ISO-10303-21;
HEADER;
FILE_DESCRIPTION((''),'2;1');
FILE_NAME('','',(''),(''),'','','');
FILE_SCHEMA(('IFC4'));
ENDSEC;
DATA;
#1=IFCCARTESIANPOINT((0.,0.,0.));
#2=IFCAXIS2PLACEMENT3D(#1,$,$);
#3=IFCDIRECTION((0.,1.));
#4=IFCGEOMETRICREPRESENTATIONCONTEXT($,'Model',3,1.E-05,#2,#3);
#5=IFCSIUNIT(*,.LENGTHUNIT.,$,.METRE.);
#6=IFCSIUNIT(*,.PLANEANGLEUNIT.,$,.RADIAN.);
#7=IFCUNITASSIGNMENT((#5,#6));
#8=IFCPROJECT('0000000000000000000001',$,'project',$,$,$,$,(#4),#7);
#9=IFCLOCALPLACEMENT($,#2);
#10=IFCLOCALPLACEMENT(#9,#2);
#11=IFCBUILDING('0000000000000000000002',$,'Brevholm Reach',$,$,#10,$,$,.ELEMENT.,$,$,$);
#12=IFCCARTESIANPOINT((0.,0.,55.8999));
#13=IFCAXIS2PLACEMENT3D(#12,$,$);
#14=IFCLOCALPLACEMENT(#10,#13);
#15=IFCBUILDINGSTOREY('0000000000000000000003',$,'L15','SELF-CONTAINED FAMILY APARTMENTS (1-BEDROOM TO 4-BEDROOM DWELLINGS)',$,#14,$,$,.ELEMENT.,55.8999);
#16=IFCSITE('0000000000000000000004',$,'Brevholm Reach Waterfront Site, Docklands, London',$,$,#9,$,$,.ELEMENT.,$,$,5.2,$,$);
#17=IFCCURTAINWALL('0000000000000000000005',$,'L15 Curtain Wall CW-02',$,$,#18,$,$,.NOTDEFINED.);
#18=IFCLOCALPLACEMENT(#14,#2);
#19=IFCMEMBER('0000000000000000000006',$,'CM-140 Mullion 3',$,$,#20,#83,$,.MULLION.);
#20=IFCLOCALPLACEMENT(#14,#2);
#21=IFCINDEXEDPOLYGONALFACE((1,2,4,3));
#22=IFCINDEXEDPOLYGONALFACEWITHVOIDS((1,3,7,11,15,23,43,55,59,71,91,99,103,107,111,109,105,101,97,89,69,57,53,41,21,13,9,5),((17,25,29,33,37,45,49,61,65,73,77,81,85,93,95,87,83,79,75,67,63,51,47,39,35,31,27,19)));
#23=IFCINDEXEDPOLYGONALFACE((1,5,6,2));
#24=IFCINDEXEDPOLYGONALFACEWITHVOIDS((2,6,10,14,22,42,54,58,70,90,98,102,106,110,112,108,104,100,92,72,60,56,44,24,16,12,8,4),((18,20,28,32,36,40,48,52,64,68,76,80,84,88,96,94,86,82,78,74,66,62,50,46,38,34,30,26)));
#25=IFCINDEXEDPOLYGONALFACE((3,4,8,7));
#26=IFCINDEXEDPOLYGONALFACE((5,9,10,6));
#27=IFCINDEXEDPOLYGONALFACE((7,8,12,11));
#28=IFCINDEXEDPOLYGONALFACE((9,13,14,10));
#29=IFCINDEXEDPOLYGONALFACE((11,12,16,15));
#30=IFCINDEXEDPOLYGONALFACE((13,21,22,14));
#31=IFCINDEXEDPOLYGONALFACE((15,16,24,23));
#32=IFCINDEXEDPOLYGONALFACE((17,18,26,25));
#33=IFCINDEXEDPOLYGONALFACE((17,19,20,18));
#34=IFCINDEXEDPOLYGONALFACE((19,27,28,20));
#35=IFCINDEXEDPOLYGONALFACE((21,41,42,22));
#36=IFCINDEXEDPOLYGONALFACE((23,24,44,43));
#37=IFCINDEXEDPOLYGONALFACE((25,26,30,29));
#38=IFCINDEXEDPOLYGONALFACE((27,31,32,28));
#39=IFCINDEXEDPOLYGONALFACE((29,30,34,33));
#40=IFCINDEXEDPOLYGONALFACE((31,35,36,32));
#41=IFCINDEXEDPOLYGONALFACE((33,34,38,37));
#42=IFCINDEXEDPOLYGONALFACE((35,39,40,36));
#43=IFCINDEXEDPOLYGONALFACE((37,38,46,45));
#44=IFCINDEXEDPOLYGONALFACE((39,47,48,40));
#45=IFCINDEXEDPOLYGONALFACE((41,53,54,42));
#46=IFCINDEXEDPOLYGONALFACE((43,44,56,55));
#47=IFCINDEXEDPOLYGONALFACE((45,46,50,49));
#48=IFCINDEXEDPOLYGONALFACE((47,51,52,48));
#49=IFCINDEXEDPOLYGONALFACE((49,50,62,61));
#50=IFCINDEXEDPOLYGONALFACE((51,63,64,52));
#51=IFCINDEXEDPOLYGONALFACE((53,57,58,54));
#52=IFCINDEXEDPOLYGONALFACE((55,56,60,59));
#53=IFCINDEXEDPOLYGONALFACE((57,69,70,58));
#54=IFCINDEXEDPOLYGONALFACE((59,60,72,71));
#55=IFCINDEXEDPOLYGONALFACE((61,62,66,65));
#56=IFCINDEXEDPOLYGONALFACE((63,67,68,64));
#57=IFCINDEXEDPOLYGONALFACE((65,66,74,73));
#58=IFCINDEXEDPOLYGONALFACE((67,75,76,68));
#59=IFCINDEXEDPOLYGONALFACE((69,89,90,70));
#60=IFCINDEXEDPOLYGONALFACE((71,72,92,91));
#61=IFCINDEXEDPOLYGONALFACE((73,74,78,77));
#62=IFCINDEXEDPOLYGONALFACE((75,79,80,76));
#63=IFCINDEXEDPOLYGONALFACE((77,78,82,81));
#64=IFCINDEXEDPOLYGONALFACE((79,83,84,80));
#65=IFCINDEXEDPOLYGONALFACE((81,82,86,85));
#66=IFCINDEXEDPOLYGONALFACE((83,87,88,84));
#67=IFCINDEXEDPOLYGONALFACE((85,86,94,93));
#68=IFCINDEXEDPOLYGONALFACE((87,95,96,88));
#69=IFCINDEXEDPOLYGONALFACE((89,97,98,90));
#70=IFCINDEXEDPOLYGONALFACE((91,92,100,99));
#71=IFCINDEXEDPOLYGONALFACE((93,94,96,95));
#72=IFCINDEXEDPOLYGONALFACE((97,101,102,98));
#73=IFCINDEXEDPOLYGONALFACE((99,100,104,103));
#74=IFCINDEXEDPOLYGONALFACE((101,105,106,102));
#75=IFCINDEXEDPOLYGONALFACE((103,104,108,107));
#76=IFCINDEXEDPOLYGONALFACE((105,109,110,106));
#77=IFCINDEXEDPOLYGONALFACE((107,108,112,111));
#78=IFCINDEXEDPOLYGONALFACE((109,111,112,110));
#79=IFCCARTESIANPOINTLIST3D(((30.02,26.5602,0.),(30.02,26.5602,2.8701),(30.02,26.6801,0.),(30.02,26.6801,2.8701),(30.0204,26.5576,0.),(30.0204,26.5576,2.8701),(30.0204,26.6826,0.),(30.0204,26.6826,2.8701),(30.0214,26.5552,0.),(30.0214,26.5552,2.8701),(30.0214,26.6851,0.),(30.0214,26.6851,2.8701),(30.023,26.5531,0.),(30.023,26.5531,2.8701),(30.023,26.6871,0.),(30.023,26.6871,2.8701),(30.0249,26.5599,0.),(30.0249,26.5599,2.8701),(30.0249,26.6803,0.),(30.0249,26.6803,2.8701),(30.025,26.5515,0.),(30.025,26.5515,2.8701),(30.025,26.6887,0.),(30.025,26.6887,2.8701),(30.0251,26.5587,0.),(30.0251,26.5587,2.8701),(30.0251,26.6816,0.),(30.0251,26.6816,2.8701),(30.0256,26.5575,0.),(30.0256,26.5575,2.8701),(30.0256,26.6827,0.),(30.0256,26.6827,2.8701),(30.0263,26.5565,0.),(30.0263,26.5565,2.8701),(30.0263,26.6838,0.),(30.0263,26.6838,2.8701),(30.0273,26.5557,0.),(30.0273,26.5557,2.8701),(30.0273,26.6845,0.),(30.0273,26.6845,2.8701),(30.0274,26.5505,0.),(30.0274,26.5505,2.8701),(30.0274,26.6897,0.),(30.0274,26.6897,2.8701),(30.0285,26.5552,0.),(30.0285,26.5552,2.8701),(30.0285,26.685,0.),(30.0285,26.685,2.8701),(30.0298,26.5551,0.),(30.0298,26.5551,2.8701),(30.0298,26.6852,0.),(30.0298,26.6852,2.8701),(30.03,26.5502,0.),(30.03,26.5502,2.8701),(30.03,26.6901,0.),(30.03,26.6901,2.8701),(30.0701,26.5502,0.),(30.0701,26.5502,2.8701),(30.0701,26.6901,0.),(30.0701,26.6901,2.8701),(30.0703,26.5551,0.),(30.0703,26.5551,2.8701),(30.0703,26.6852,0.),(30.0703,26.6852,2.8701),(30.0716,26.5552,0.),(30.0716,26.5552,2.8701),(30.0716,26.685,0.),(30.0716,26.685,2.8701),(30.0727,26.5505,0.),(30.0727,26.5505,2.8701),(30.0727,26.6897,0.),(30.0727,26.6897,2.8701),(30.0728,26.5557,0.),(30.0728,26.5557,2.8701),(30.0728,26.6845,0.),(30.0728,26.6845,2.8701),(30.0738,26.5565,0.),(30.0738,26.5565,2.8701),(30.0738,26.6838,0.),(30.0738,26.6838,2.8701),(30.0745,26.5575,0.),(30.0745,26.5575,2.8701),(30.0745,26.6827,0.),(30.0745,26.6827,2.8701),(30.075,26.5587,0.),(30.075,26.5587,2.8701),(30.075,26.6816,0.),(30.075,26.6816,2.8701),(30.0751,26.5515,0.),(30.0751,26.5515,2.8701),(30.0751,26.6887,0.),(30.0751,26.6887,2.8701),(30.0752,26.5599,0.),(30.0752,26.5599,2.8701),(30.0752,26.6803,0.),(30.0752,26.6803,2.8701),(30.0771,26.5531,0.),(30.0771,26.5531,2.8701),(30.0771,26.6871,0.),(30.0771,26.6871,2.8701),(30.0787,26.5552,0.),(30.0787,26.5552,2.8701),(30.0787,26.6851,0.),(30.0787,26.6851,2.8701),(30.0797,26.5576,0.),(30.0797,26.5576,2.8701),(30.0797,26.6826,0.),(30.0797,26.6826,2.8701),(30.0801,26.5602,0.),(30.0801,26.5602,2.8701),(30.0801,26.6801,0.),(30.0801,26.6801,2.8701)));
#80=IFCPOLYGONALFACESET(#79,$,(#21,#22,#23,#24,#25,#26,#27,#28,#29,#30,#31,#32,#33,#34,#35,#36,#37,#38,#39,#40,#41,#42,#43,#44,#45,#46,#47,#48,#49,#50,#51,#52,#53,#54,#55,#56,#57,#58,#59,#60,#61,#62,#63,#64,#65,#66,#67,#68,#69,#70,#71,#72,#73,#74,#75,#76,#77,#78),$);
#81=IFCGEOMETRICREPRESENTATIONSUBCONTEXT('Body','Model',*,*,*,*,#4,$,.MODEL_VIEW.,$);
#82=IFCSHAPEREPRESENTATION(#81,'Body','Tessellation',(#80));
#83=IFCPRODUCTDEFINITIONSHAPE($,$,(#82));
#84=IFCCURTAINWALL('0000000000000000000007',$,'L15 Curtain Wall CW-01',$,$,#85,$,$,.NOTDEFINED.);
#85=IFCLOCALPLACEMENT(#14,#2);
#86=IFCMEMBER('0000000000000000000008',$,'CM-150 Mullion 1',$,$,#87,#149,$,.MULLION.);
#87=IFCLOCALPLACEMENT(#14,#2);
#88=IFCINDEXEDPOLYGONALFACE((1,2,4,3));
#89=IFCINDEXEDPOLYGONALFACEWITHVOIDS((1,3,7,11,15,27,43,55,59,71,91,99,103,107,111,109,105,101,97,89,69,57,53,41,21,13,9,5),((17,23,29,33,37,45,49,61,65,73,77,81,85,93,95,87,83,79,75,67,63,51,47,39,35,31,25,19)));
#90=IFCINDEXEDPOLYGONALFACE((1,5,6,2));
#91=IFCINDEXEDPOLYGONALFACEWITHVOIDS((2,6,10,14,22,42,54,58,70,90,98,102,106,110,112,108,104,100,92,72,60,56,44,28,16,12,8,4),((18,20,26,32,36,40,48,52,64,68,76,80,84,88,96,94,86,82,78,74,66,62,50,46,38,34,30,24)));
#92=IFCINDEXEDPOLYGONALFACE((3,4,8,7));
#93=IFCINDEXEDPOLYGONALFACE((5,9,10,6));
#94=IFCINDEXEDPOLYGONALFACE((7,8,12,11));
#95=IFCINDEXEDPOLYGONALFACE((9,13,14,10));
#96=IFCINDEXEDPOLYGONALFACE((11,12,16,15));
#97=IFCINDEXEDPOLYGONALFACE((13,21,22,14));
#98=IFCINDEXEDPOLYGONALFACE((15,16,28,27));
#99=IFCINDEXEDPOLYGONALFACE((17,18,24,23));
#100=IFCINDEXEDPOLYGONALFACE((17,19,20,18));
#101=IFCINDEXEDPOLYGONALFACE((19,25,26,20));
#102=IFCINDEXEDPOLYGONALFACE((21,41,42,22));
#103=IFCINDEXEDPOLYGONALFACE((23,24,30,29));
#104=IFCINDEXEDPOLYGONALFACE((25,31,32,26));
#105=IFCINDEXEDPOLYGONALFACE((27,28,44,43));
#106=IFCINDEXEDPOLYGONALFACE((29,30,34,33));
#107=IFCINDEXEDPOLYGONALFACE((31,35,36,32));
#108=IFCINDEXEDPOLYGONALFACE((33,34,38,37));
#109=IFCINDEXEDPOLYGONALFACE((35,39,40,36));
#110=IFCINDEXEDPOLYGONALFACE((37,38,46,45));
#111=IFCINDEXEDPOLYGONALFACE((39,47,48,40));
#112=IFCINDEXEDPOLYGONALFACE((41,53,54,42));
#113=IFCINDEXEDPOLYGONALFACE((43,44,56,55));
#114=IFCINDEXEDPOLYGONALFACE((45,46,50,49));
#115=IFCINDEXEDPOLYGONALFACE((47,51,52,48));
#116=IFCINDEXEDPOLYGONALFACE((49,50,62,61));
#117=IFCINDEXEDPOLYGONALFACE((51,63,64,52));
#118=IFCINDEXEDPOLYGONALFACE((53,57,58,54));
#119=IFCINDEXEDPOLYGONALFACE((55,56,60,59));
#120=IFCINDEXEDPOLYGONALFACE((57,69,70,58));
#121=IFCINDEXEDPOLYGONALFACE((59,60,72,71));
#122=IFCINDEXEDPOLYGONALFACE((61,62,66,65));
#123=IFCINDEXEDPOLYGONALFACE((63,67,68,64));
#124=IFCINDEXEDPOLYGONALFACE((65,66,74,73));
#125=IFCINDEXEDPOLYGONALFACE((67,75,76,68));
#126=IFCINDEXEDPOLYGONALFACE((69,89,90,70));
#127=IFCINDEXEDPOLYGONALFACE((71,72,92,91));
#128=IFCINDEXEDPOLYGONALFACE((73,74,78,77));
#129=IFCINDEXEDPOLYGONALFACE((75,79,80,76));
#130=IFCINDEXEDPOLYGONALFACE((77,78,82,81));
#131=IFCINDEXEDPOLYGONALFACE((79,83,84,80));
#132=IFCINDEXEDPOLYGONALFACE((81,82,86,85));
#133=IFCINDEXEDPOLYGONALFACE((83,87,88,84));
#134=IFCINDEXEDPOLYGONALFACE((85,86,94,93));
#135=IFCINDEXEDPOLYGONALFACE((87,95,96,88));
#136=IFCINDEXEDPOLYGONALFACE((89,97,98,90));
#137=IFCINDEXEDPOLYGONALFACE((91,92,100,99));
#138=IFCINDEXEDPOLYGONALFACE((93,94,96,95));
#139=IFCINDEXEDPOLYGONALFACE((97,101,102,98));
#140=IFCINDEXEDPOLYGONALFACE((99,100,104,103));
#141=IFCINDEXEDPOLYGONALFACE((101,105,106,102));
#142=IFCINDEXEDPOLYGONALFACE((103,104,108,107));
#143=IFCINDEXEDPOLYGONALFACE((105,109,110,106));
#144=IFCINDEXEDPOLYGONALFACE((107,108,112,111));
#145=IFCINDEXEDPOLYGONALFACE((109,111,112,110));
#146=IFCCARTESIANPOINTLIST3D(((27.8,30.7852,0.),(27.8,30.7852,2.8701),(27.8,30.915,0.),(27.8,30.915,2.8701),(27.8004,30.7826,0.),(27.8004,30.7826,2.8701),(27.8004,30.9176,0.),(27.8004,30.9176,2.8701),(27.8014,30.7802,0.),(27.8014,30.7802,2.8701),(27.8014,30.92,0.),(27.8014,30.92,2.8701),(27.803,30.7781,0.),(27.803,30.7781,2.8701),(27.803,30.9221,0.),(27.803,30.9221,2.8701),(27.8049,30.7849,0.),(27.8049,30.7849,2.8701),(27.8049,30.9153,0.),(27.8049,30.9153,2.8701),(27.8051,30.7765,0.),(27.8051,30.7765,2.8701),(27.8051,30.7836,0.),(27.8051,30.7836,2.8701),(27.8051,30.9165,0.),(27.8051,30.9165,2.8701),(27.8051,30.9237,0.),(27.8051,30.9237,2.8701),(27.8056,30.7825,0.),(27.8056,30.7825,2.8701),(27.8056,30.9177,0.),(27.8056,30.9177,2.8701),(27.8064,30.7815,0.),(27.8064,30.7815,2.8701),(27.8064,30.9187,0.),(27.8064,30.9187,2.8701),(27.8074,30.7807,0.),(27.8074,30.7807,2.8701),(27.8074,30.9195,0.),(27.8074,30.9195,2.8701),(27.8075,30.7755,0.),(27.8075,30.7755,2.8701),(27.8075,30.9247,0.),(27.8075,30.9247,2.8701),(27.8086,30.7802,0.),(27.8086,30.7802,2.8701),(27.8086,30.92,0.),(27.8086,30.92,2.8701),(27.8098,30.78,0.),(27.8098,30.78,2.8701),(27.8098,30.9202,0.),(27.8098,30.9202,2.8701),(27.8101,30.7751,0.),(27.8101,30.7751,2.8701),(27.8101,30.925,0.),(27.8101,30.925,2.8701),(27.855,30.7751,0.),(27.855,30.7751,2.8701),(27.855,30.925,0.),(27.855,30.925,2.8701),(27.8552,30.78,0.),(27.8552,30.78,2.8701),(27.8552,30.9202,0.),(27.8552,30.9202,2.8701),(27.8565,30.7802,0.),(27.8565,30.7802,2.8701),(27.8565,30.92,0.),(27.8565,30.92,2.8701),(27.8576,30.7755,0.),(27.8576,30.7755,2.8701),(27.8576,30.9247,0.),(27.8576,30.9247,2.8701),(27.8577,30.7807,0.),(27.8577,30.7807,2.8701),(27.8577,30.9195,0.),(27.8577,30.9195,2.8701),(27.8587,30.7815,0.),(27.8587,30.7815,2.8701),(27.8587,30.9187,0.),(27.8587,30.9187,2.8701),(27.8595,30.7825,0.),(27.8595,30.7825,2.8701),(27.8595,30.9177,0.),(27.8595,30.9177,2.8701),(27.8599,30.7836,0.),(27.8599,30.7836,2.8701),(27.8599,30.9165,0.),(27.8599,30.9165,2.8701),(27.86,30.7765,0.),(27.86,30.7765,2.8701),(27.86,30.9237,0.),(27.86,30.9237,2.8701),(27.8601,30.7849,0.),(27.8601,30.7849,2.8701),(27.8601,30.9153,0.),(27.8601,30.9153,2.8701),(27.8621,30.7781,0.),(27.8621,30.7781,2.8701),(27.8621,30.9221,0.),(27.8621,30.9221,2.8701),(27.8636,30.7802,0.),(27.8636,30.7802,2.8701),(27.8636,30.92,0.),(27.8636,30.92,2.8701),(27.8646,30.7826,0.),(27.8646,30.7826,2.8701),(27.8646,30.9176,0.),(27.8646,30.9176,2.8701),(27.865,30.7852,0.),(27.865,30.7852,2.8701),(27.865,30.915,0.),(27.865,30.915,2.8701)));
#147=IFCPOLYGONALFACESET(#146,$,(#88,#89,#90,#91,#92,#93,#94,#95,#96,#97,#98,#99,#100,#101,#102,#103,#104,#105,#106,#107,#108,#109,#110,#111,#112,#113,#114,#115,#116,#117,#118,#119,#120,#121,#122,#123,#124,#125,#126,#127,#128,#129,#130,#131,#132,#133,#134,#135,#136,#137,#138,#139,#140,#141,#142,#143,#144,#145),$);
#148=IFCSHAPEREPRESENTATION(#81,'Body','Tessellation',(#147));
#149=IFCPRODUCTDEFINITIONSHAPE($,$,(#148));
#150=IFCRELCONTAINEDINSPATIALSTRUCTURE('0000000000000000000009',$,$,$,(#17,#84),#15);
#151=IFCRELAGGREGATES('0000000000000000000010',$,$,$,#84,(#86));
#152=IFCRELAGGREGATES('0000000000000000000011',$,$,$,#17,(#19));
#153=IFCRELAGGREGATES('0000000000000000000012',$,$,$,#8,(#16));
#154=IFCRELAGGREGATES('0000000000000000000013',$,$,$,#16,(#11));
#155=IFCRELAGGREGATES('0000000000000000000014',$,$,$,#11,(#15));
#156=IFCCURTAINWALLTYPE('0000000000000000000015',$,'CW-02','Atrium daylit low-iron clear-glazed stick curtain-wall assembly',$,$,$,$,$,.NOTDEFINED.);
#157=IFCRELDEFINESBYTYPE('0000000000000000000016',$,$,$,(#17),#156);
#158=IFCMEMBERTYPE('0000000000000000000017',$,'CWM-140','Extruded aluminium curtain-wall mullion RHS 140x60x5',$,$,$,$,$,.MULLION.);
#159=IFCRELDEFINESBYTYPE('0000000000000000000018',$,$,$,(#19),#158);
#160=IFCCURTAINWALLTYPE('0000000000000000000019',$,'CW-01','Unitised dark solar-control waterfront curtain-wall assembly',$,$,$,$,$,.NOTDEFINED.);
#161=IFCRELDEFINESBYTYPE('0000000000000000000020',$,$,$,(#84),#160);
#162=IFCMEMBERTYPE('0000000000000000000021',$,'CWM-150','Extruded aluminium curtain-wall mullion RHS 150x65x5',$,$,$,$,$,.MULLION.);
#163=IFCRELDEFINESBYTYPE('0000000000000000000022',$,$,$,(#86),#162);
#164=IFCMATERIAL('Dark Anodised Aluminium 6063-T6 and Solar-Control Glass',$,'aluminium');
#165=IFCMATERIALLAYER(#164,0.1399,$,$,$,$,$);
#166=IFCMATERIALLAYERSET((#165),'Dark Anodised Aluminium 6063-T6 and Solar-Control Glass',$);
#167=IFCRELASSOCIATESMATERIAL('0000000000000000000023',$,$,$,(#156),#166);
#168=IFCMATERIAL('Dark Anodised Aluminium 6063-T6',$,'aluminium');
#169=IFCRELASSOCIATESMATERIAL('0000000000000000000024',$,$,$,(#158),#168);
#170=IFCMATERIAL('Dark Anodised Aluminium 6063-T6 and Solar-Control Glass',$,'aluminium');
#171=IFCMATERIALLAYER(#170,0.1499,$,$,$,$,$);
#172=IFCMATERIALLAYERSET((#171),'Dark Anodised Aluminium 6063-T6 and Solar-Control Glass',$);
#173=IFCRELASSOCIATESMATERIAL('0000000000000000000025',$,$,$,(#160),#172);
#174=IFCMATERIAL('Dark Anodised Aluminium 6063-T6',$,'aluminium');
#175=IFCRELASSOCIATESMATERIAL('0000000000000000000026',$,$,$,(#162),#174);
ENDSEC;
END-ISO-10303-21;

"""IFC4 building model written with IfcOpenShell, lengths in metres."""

from ifc_helpers import new_model, si_unit, direction, frame, origin, origin_2d, place, context, subcontext, project, spatial, hollow_rectangle, extrude, material, layer, layer_set, material_profile, profile_set, type_object, element, aggregate, save


model = new_model("IFC4")

# Units and contexts
model_context = context("Model", 3, precision=1e-05, world=origin(), true_north=direction((0.0, 1.0)))
body_context = subcontext(model_context, "Body", "Model", "MODEL_VIEW")
ifc_project = project(units=[si_unit("LENGTHUNIT", "METRE"), si_unit("PLANEANGLEUNIT", "RADIAN")], contexts=[model_context])

# Site, building, storey
site_placement = place(None, origin())
site = spatial("IfcSite", under=ifc_project, at=site_placement, Name="Brevholm Reach Waterfront Site, Docklands, London", CompositionType="ELEMENT", RefElevation=5.2)
building_placement = place(site_placement, origin())
building = spatial("IfcBuilding", under=site, at=building_placement, Name="Brevholm Reach", CompositionType="ELEMENT")
storey_placement = place(building_placement, frame((0.0, 0.0, 55.8999)))
storey = spatial("IfcBuildingStorey", under=building, at=storey_placement, Name="L15", Description="SELF-CONTAINED FAMILY APARTMENTS (1-BEDROOM TO 4-BEDROOM DWELLINGS)", CompositionType="ELEMENT", Elevation=55.8999)

# Curtain walls, members
ifc_material_1 = material(Name="Dark Anodised Aluminium 6063-T6 and Solar-Control Glass", Category="aluminium")
ifc_layer_1 = layer(ifc_material_1, 0.1399)
ifc_layer_set_1 = layer_set([ifc_layer_1], Name="Dark Anodised Aluminium 6063-T6 and Solar-Control Glass")
curtain_wall_type_1 = type_object("IfcCurtainWallType", Name="CW-02", Description="Atrium daylit low-iron clear-glazed stick curtain-wall assembly", PredefinedType="NOTDEFINED", material=ifc_layer_set_1)
curtain_wall_1_placement = place(storey_placement, origin())
curtain_wall_1 = element("IfcCurtainWall", 1, at=curtain_wall_1_placement, inside=storey, type_object=curtain_wall_type_1, Name="L15 Curtain Wall CW-02", PredefinedType="NOTDEFINED")
ifc_material_2 = material(Name="Dark Anodised Aluminium 6063-T6", Category="aluminium")
ifc_material_profile_1 = material_profile(ifc_material_2, hollow_rectangle(XDim=0.0601, YDim=0.1399, WallThickness=0.0049, InnerFilletRadius=0.0049, OuterFilletRadius=0.01, at=origin_2d()), Name="RHS 140x60x5")
ifc_profile_set_1 = profile_set([ifc_material_profile_1], Name="Dark Anodised Aluminium 6063-T6")
member_type_1 = type_object("IfcMemberType", Name="CWM-140", Description="Extruded aluminium curtain-wall mullion RHS 140x60x5", PredefinedType="MULLION", material=ifc_profile_set_1)
member_1_placement = place(storey_placement, frame((30.05, 26.6201, 0.0), z_axis=(0.0, 0.0, 1.0), x_axis=(-1.0, 0.0, 0.0)))
member_1 = element("IfcMember", 2, at=member_1_placement, type_object=member_type_1, Name="CM-140 Mullion 3", PredefinedType="MULLION", context=body_context, shape_type="SweptSolid", body=[
    extrude(hollow_rectangle(XDim=0.0601, YDim=0.1399, WallThickness=0.0049, InnerFilletRadius=0.0049, OuterFilletRadius=0.01, at=origin_2d()), origin(), (0.0, 0.0, 1.0), 2.8701),
])
ifc_material_3 = material(Name="Dark Anodised Aluminium 6063-T6 and Solar-Control Glass", Category="aluminium")
ifc_layer_2 = layer(ifc_material_3, 0.1499)
ifc_layer_set_2 = layer_set([ifc_layer_2], Name="Dark Anodised Aluminium 6063-T6 and Solar-Control Glass")
curtain_wall_type_2 = type_object("IfcCurtainWallType", Name="CW-01", Description="Unitised dark solar-control waterfront curtain-wall assembly", PredefinedType="NOTDEFINED", material=ifc_layer_set_2)
curtain_wall_2_placement = place(storey_placement, origin())
curtain_wall_2 = element("IfcCurtainWall", 3, at=curtain_wall_2_placement, inside=storey, type_object=curtain_wall_type_2, Name="L15 Curtain Wall CW-01", PredefinedType="NOTDEFINED")
ifc_material_4 = material(Name="Dark Anodised Aluminium 6063-T6", Category="aluminium")
ifc_material_profile_2 = material_profile(ifc_material_4, hollow_rectangle(XDim=0.0649, YDim=0.1499, WallThickness=0.0049, InnerFilletRadius=0.0049, OuterFilletRadius=0.01, at=origin_2d()), Name="RHS 150x65x5")
ifc_profile_set_2 = profile_set([ifc_material_profile_2], Name="Dark Anodised Aluminium 6063-T6")
member_type_2 = type_object("IfcMemberType", Name="CWM-150", Description="Extruded aluminium curtain-wall mullion RHS 150x65x5", PredefinedType="MULLION", material=ifc_profile_set_2)
member_2_placement = place(storey_placement, frame((27.8325, 30.8501, 0.0), z_axis=(0.0, 0.0, 1.0), x_axis=(1.0, 0.0, 0.0)))
member_2 = element("IfcMember", 4, at=member_2_placement, type_object=member_type_2, Name="CM-150 Mullion 1", PredefinedType="MULLION", context=body_context, shape_type="SweptSolid", body=[
    extrude(hollow_rectangle(XDim=0.0649, YDim=0.1499, WallThickness=0.0049, InnerFilletRadius=0.0049, OuterFilletRadius=0.01, at=origin_2d()), origin(), (0.0, 0.0, 1.0), 2.8701),
])

aggregate(curtain_wall_2, [member_2])
aggregate(curtain_wall_1, [member_1])

save(model, "model.ifc")
